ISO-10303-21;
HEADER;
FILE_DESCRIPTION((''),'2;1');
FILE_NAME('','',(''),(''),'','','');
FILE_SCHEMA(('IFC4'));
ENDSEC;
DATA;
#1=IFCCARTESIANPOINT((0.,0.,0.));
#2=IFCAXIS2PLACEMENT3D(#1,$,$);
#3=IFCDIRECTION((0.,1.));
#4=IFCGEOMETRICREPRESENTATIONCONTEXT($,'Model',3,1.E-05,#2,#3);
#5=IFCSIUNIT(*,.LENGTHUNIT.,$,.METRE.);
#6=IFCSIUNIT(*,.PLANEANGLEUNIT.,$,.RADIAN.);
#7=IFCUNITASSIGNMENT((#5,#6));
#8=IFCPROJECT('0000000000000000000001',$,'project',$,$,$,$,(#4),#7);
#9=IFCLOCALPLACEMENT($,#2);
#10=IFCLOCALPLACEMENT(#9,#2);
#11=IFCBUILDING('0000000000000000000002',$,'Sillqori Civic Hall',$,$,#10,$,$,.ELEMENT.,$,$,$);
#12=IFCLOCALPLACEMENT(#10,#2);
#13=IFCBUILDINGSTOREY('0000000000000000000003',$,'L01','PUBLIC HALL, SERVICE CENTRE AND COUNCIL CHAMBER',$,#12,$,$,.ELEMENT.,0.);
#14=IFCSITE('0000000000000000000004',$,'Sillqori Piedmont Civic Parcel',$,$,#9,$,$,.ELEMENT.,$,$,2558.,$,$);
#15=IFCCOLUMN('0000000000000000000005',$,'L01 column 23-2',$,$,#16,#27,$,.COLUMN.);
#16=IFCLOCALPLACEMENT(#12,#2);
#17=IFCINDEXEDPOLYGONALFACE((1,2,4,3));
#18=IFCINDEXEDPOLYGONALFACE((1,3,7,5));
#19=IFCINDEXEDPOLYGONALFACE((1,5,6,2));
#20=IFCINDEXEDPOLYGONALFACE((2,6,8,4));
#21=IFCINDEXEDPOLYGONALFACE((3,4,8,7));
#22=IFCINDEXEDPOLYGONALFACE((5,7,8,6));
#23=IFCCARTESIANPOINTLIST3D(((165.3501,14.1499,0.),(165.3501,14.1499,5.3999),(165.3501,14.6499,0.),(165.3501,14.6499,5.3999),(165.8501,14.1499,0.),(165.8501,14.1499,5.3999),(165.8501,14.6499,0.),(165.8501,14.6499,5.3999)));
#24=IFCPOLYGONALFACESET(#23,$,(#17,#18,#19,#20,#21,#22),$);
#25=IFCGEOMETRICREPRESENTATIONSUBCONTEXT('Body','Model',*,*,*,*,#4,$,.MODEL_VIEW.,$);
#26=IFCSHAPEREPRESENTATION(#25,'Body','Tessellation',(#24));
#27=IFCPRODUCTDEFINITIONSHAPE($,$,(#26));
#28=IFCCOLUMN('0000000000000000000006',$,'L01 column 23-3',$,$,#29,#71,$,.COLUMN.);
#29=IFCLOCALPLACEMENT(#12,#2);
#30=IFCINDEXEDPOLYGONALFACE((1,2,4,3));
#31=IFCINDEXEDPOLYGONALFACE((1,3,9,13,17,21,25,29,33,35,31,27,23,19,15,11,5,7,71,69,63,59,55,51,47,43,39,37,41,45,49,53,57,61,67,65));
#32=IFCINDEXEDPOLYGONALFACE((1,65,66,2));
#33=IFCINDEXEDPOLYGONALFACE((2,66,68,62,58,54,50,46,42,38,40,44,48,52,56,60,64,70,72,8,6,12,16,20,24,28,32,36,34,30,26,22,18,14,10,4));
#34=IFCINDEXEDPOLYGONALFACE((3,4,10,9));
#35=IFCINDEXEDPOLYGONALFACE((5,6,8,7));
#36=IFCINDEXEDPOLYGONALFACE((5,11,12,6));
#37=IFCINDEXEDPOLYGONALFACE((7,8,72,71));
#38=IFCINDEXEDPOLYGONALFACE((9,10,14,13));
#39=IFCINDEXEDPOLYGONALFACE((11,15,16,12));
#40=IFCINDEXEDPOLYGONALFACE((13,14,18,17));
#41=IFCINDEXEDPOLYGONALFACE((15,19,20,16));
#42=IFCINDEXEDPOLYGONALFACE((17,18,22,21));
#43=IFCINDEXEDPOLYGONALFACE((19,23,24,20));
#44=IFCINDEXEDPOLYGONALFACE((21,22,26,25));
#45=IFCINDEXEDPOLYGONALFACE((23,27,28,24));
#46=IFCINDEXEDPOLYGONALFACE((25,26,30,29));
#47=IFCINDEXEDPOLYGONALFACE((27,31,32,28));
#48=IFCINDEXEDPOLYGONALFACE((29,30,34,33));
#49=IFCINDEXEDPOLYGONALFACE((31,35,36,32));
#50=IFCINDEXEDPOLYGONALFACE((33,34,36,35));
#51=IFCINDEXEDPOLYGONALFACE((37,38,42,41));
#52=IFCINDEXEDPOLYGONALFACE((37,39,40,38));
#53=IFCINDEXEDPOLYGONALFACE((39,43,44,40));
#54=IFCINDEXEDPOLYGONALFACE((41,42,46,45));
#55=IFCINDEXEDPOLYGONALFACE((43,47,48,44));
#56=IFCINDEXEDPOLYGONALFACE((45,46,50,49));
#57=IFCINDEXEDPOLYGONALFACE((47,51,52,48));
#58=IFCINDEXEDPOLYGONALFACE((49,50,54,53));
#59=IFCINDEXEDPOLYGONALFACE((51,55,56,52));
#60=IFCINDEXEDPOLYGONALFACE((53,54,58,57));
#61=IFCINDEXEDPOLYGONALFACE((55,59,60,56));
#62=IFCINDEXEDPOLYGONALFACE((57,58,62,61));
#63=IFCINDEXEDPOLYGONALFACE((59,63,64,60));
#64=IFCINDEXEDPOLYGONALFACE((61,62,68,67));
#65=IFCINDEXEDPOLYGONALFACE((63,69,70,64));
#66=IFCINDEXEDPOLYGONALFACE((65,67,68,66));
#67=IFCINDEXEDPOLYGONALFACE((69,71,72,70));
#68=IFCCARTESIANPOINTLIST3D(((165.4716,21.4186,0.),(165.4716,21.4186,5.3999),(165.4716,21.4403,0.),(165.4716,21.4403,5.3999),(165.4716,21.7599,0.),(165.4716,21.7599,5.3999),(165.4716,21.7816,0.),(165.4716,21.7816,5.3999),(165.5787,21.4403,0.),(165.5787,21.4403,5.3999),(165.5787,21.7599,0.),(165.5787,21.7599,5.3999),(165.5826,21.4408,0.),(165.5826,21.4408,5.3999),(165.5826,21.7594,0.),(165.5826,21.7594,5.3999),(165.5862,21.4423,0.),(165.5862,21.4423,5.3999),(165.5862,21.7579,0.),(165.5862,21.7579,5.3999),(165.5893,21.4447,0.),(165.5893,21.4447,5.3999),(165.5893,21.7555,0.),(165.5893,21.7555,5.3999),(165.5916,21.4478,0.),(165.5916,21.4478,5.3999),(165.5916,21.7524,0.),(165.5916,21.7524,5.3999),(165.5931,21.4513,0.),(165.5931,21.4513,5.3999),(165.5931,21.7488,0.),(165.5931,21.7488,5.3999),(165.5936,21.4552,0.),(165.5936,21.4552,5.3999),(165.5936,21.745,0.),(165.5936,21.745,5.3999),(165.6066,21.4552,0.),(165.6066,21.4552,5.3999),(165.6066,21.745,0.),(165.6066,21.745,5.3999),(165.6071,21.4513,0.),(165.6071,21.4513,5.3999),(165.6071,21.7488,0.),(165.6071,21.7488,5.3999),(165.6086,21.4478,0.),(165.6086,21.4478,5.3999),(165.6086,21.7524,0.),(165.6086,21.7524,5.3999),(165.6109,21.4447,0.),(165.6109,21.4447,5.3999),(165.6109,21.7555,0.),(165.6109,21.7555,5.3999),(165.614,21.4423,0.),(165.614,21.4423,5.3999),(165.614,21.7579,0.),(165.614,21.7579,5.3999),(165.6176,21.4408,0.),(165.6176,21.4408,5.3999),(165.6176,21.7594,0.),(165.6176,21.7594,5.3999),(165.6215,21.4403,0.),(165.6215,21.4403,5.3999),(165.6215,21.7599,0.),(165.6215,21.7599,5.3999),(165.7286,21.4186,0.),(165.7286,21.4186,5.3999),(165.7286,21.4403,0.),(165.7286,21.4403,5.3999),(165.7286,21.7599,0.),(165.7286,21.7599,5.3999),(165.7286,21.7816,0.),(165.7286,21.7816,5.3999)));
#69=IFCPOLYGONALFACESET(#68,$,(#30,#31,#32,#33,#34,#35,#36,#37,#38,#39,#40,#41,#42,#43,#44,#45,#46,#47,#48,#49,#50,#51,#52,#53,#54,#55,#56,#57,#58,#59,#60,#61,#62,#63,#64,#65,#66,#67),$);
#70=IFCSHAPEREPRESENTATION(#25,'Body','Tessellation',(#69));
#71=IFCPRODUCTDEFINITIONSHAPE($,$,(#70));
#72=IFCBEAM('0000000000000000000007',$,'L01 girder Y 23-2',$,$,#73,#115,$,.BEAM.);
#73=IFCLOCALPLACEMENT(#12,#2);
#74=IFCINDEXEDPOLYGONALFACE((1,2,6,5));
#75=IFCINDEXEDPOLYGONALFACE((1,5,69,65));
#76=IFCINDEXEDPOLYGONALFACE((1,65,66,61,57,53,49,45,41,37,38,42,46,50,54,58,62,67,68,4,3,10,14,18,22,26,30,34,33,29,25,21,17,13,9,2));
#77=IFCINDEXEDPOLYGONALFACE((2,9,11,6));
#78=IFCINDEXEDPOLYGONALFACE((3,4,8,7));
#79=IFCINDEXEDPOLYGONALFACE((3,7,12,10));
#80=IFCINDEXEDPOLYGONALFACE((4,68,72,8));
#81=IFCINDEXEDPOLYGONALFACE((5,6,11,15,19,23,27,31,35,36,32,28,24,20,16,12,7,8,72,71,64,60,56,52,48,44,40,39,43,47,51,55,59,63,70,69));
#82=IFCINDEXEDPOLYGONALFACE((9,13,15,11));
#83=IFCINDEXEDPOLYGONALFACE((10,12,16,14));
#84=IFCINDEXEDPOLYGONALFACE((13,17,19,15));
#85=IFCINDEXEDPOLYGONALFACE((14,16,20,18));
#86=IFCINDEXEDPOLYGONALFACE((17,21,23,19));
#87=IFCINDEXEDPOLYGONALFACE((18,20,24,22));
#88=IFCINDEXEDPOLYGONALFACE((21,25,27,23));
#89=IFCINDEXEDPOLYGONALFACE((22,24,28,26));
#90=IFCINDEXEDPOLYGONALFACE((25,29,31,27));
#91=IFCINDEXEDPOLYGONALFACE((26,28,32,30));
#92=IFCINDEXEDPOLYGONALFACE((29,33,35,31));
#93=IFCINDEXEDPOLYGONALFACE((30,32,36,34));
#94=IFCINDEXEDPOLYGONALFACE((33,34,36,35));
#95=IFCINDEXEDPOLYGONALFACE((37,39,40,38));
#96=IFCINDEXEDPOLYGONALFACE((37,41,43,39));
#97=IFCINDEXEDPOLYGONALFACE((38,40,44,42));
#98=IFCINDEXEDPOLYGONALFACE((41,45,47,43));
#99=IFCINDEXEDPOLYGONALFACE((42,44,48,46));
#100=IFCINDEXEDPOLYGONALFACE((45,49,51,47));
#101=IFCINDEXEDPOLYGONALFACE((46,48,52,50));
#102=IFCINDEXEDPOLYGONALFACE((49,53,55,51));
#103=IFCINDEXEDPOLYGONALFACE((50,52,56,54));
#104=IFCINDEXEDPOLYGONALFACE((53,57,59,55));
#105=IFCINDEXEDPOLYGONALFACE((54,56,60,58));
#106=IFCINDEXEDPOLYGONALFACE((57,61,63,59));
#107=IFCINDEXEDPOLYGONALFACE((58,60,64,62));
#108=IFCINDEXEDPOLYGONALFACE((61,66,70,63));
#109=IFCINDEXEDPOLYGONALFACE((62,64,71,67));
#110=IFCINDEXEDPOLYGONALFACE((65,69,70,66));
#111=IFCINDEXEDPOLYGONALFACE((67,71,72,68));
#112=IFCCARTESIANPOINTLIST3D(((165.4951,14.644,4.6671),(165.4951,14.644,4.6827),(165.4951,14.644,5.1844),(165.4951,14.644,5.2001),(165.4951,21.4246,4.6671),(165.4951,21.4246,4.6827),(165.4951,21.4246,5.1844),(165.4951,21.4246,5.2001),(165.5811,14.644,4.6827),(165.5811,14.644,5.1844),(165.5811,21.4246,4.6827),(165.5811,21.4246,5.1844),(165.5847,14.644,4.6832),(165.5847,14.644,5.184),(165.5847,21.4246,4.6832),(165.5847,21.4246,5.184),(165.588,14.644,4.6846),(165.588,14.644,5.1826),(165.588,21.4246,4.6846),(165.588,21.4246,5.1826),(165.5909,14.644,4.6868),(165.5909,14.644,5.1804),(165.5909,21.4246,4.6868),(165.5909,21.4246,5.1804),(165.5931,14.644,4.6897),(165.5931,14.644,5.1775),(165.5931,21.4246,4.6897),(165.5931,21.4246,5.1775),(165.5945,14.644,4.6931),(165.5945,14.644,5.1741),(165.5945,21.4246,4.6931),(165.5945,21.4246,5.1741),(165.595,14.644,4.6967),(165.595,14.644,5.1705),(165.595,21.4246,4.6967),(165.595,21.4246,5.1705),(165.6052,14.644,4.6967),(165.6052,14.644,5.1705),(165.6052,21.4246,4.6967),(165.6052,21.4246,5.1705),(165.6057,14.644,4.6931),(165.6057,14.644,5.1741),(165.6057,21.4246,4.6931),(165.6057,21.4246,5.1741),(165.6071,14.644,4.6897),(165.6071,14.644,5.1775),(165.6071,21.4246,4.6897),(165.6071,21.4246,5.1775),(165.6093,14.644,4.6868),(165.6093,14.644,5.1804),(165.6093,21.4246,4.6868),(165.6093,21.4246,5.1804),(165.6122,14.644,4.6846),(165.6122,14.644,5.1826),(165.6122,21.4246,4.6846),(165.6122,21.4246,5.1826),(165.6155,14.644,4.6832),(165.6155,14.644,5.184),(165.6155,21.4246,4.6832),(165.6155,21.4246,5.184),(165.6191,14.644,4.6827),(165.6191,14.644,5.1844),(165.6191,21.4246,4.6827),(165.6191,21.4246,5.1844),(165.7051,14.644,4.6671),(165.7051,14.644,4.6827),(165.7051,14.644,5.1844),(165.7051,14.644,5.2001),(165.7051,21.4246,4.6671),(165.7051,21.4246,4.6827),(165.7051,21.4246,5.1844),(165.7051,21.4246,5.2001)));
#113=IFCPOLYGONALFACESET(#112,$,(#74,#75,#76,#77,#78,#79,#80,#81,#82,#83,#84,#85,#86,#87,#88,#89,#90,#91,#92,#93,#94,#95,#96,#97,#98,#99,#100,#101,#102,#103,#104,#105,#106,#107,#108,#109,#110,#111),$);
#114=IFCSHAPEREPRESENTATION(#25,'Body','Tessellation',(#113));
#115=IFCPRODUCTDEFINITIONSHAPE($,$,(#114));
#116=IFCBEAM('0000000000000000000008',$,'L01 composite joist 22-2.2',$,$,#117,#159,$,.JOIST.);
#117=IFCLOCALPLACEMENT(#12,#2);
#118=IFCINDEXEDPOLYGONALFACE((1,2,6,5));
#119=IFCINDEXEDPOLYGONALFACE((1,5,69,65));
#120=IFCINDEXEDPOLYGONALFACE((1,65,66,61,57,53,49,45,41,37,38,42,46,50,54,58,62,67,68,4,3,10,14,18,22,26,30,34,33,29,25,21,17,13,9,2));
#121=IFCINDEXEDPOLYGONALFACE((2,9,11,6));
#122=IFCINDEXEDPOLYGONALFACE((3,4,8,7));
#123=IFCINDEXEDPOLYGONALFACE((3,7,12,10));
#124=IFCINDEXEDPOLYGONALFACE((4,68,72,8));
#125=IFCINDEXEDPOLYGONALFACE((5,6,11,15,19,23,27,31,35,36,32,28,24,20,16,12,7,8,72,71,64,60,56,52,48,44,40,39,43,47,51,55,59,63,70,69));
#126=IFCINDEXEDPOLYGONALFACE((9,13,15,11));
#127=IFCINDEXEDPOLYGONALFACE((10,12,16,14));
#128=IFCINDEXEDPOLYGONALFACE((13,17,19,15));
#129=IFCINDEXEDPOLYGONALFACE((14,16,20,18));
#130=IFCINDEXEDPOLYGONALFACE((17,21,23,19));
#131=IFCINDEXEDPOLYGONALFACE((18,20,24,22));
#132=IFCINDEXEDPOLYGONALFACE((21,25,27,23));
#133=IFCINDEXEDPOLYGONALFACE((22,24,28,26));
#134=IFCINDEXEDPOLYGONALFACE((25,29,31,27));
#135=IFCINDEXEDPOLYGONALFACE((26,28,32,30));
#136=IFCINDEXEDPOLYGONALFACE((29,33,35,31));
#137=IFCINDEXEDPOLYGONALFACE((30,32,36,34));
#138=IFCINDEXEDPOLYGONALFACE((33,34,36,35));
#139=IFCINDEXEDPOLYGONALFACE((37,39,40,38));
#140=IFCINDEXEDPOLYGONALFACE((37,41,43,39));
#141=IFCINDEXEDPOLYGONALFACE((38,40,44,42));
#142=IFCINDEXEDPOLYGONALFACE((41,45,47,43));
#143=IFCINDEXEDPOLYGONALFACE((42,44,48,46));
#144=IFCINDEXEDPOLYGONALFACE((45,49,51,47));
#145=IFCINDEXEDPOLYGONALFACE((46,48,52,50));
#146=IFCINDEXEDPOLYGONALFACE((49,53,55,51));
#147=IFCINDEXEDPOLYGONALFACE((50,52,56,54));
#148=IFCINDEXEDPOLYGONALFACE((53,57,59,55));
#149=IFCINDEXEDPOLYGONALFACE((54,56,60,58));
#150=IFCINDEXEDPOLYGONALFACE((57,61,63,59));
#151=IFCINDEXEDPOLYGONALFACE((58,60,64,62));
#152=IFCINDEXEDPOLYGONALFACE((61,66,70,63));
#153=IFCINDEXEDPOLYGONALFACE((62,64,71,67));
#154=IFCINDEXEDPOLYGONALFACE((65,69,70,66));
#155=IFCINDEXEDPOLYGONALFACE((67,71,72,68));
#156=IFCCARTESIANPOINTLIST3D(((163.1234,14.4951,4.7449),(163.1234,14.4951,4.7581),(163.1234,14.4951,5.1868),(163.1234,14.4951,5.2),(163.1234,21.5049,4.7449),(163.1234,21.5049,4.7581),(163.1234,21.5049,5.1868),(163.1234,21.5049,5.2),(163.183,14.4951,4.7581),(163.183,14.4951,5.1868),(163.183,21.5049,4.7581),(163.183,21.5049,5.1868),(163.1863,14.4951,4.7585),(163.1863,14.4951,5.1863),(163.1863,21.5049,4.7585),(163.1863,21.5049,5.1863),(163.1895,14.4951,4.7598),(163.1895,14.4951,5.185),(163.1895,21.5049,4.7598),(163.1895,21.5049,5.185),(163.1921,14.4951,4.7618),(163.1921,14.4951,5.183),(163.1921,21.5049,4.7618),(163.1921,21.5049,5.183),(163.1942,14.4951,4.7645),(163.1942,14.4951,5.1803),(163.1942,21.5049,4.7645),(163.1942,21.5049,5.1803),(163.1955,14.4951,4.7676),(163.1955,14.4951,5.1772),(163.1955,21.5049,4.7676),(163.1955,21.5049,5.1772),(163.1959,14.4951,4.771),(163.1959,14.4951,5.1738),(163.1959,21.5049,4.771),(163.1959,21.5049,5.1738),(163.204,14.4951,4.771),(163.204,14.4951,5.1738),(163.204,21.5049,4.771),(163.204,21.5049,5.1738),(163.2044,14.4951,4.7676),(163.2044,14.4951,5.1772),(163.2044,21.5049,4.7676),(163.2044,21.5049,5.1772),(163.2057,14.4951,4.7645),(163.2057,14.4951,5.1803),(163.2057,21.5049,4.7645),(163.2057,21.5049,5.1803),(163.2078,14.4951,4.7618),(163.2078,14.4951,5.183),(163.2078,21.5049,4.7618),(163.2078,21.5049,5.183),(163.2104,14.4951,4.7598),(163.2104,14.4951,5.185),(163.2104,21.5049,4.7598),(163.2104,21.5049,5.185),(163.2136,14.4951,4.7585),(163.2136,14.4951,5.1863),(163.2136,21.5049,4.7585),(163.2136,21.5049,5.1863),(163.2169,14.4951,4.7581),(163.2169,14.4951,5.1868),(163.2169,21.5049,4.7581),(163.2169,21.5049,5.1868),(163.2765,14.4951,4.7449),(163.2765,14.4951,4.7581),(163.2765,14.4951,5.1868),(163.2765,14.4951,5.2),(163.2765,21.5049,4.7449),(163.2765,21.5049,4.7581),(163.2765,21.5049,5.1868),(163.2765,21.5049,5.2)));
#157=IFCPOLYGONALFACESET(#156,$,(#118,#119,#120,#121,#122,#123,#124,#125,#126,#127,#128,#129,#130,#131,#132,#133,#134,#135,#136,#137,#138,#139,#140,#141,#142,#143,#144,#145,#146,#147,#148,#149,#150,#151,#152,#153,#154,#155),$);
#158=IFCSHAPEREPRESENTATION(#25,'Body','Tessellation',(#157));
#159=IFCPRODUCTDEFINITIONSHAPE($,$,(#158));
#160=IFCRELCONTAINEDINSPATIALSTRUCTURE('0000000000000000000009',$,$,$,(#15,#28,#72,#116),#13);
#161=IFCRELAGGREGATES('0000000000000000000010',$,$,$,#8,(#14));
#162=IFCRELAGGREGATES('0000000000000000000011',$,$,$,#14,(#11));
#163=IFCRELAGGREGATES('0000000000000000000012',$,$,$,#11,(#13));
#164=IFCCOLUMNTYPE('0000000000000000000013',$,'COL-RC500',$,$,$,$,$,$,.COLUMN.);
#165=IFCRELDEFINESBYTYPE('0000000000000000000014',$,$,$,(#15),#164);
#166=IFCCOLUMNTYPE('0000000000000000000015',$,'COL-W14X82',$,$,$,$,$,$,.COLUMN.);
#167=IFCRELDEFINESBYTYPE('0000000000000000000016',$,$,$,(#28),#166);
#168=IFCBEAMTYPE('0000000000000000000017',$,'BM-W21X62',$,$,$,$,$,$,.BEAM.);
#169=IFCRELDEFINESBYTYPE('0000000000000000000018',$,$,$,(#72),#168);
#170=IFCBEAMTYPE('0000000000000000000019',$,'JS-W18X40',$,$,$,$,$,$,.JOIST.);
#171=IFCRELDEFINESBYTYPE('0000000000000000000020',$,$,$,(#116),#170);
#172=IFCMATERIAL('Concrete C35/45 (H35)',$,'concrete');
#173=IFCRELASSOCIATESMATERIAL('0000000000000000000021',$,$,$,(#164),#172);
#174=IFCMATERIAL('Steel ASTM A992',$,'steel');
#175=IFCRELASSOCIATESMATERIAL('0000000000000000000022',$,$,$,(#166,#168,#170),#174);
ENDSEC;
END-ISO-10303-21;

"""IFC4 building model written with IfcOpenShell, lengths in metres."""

from ifc_helpers import new_model, si_unit, direction, frame, origin, origin_2d, place, context, subcontext, project, spatial, rectangle, i_section, extrude, material, material_profile, profile_set, type_object, element, save


model = new_model("IFC4")

# Units and contexts
model_context = context("Model", 3, precision=1e-05, world=origin(), true_north=direction((0.0, 1.0)))
body_context = subcontext(model_context, "Body", "Model", "MODEL_VIEW")
ifc_project = project(units=[si_unit("LENGTHUNIT", "METRE"), si_unit("PLANEANGLEUNIT", "RADIAN")], contexts=[model_context])

# Site, building, storey
site_placement = place(None, origin())
site = spatial("IfcSite", under=ifc_project, at=site_placement, Name="Sillqori Piedmont Civic Parcel", CompositionType="ELEMENT", RefElevation=2558.0)
building_placement = place(site_placement, origin())
building = spatial("IfcBuilding", under=site, at=building_placement, Name="Sillqori Civic Hall", CompositionType="ELEMENT")
storey_placement = place(building_placement, origin())
storey = spatial("IfcBuildingStorey", under=building, at=storey_placement, Name="L01", Description="PUBLIC HALL, SERVICE CENTRE AND COUNCIL CHAMBER", CompositionType="ELEMENT", Elevation=0.0)

# Columns
ifc_material_1 = material(Name="Concrete C35/45 (H35)", Category="concrete")
ifc_material_profile_1 = material_profile(ifc_material_1, rectangle(XDim=0.5, YDim=0.5, at=origin_2d()), Name="RC 500x500")
ifc_profile_set_1 = profile_set([ifc_material_profile_1], Name="Concrete C35/45 (H35)")
column_type_1 = type_object("IfcColumnType", Name="COL-RC500", PredefinedType="COLUMN", material=ifc_profile_set_1)
column_1_placement = place(storey_placement, frame((165.6001, 14.3999, 0.0), z_axis=(0.0, 0.0, 1.0), x_axis=(1.0, 0.0, 0.0)))
element("IfcColumn", 1, at=column_1_placement, inside=storey, type_object=column_type_1, Name="L01 column 23-2", PredefinedType="COLUMN", context=body_context, shape_type="SweptSolid", body=[
    extrude(rectangle(XDim=0.5, YDim=0.5, at=origin_2d()), origin(), (0.0, 0.0, 1.0), 5.3999),
])
ifc_material_2 = material(Name="Steel ASTM A992", Category="steel")
ifc_material_profile_2 = material_profile(ifc_material_2, i_section(OverallWidth=0.2571, OverallDepth=0.363, WebThickness=0.0129, FlangeThickness=0.0217, FilletRadius=0.0149, at=origin_2d()), Name="W14X82")
ifc_profile_set_2 = profile_set([ifc_material_profile_2], Name="Steel ASTM A992")
column_type_2 = type_object("IfcColumnType", Name="COL-W14X82", PredefinedType="COLUMN", material=ifc_profile_set_2)
column_2_placement = place(storey_placement, frame((165.6001, 21.6001, 0.0), z_axis=(0.0, 0.0, 1.0), x_axis=(1.0, 0.0, 0.0)))
element("IfcColumn", 2, at=column_2_placement, inside=storey, type_object=column_type_2, Name="L01 column 23-3", PredefinedType="COLUMN", context=body_context, shape_type="SweptSolid", body=[
    extrude(i_section(OverallWidth=0.2571, OverallDepth=0.363, WebThickness=0.0129, FlangeThickness=0.0217, FilletRadius=0.0149, at=origin_2d()), origin(), (0.0, 0.0, 1.0), 5.3999),
])

# Beams
ifc_material_profile_3 = material_profile(ifc_material_2, i_section(OverallWidth=0.21, OverallDepth=0.533, WebThickness=0.0103, FlangeThickness=0.0156, FilletRadius=0.0139, at=origin_2d()), Name="W21X62")
ifc_profile_set_3 = profile_set([ifc_material_profile_3], Name="Steel ASTM A992")
beam_type_1 = type_object("IfcBeamType", Name="BM-W21X62", PredefinedType="BEAM", material=ifc_profile_set_3)
beam_1_placement = place(storey_placement, frame((165.6001, 14.644, 4.9336), z_axis=(0.0, 1.0, 0.0), x_axis=(-1.0, 0.0, 0.0)))
element("IfcBeam", 3, at=beam_1_placement, inside=storey, type_object=beam_type_1, Name="L01 girder Y 23-2", PredefinedType="BEAM", context=body_context, shape_type="SweptSolid", body=[
    extrude(i_section(OverallWidth=0.21, OverallDepth=0.533, WebThickness=0.0103, FlangeThickness=0.0156, FilletRadius=0.0139, at=origin_2d()), origin(), (0.0, 0.0, 1.0), 6.7805),
])
ifc_material_profile_4 = material_profile(ifc_material_2, i_section(OverallWidth=0.1531, OverallDepth=0.4551, WebThickness=0.0081, FlangeThickness=0.0132, FilletRadius=0.0129, at=origin_2d()), Name="W18X40")
ifc_profile_set_4 = profile_set([ifc_material_profile_4], Name="Steel ASTM A992")
beam_type_2 = type_object("IfcBeamType", Name="JS-W18X40", PredefinedType="JOIST", material=ifc_profile_set_4)
beam_2_placement = place(storey_placement, frame((163.2, 14.4951, 4.9724), z_axis=(0.0, 1.0, 0.0), x_axis=(-1.0, 0.0, 0.0)))
element("IfcBeam", 4, at=beam_2_placement, inside=storey, type_object=beam_type_2, Name="L01 composite joist 22-2.2", PredefinedType="JOIST", context=body_context, shape_type="SweptSolid", body=[
    extrude(i_section(OverallWidth=0.1531, OverallDepth=0.4551, WebThickness=0.0081, FlangeThickness=0.0132, FilletRadius=0.0129, at=origin_2d()), origin(), (0.0, 0.0, 1.0), 7.0098),
])

save(model, "model.ifc")
